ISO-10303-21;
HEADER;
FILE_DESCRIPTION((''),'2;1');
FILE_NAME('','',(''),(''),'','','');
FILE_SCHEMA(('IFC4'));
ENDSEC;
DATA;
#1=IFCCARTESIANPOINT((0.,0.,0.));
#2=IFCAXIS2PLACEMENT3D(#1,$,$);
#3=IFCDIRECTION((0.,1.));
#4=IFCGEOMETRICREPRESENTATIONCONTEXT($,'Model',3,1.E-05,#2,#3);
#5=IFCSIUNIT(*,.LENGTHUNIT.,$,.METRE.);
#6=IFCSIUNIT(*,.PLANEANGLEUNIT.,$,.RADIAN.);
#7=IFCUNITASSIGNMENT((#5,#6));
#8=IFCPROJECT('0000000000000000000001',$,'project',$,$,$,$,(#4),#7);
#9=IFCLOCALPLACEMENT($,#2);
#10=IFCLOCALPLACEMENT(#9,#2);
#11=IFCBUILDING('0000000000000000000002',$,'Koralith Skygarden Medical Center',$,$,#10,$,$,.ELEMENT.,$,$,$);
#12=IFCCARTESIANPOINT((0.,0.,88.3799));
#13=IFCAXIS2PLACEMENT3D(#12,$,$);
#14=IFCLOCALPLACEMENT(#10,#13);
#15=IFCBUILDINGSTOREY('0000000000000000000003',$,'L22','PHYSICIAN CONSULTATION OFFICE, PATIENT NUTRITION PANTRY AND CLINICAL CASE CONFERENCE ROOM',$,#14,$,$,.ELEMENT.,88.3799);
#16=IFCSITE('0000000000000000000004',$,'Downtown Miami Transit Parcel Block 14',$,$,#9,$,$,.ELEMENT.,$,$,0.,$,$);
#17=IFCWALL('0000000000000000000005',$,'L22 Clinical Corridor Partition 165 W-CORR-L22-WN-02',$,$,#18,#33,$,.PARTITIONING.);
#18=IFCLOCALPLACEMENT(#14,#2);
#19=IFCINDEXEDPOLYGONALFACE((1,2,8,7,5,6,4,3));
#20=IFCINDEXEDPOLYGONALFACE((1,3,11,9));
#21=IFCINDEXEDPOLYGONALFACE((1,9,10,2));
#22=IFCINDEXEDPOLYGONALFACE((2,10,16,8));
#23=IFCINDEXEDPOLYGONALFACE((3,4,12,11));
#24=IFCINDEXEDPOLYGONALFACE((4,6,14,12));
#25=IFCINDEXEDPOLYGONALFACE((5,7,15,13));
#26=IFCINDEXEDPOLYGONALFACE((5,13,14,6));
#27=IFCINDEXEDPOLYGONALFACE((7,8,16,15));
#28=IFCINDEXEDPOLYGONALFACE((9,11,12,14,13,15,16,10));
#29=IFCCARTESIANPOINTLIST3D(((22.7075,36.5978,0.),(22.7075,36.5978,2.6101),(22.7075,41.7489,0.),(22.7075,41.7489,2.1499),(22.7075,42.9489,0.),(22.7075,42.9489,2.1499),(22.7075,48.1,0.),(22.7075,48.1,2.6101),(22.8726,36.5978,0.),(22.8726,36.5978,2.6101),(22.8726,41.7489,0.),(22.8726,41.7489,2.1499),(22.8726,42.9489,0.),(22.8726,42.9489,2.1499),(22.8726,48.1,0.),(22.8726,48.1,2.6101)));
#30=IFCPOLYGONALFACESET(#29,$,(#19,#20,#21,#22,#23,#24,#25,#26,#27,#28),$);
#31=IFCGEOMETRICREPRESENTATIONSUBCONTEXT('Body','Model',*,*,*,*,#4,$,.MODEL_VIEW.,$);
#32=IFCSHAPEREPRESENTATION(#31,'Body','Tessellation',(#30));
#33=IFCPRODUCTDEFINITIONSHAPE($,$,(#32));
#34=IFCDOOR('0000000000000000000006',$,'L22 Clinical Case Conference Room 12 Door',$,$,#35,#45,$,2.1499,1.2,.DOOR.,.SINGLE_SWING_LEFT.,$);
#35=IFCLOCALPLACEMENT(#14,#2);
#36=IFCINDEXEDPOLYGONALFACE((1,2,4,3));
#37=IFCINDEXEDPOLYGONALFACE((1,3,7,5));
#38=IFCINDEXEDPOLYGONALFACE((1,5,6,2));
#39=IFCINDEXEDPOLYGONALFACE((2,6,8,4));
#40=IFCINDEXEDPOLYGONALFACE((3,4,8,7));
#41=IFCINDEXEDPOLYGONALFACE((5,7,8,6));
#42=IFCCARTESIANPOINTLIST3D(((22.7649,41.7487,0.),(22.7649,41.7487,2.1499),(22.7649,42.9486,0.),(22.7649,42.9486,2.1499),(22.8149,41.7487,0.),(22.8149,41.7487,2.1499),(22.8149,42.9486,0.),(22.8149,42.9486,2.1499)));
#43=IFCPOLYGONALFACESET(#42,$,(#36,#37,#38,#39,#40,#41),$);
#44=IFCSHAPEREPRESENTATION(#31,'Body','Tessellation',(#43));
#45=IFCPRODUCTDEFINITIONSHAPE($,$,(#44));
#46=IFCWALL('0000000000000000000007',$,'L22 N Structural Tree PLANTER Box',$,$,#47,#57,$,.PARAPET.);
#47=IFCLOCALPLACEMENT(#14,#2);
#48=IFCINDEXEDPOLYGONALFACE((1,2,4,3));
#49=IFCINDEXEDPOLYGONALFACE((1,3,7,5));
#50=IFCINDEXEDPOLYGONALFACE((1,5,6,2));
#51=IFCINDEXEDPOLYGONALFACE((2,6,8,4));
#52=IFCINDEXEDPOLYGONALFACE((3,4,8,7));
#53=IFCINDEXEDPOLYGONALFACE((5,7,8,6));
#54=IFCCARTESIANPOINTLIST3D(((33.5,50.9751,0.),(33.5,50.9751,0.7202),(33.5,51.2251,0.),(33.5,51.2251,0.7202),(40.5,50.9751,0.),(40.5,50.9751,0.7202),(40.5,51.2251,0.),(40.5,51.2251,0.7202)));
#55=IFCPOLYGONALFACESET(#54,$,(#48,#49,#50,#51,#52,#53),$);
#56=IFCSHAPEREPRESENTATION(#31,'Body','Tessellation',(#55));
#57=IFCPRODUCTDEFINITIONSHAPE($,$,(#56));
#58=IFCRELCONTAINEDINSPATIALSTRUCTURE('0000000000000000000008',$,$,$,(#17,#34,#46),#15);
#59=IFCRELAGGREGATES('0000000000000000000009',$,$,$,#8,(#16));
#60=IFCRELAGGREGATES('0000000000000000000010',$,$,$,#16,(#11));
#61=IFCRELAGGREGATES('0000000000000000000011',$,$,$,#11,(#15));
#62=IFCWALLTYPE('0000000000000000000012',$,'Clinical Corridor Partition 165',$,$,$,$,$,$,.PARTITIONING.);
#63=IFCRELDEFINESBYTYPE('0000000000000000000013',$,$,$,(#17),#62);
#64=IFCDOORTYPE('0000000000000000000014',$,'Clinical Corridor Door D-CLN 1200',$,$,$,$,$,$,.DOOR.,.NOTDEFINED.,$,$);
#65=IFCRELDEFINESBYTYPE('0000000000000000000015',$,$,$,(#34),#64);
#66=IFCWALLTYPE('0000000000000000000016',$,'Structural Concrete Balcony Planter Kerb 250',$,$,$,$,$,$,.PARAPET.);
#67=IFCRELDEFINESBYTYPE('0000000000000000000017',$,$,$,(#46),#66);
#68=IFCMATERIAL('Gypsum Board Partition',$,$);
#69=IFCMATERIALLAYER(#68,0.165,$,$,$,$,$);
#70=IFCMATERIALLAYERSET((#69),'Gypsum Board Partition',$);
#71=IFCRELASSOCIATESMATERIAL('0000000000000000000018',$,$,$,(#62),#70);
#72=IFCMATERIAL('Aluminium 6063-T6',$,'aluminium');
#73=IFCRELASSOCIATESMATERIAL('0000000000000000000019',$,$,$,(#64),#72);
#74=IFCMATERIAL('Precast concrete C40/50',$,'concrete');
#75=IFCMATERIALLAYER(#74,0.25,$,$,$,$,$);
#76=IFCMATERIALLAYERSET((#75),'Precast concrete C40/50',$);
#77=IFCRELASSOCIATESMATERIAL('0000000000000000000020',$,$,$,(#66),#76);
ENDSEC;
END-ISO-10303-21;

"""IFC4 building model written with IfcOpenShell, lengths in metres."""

from ifc_helpers import new_model, si_unit, direction, frame, frame_2d, origin, place, context, subcontext, project, spatial, rectangle, extrude, material, layer, layer_set, type_object, element, fill, save


model = new_model("IFC4")

# Units and contexts
model_context = context("Model", 3, precision=1e-05, world=origin(), true_north=direction((0.0, 1.0)))
body_context = subcontext(model_context, "Body", "Model", "MODEL_VIEW")
ifc_project = project(units=[si_unit("LENGTHUNIT", "METRE"), si_unit("PLANEANGLEUNIT", "RADIAN")], contexts=[model_context])

# Site, building, storey
site_placement = place(None, origin())
site = spatial("IfcSite", under=ifc_project, at=site_placement, Name="Downtown Miami Transit Parcel Block 14", CompositionType="ELEMENT", RefElevation=0.0)
building_placement = place(site_placement, origin())
building = spatial("IfcBuilding", under=site, at=building_placement, Name="Koralith Skygarden Medical Center", CompositionType="ELEMENT")
storey_placement = place(building_placement, frame((0.0, 0.0, 88.3799)))
storey = spatial("IfcBuildingStorey", under=building, at=storey_placement, Name="L22", Description="PHYSICIAN CONSULTATION OFFICE, PATIENT NUTRITION PANTRY AND CLINICAL CASE CONFERENCE ROOM", CompositionType="ELEMENT", Elevation=88.3799)

# Shared definitions
ifc_material_1 = material(Name="Aluminium 6063-T6", Category="aluminium")

# Shared definitions
ifc_material_2 = material(Name="Gypsum Board Partition")
ifc_layer_1 = layer(ifc_material_2, 0.165)
ifc_layer_set_1 = layer_set([ifc_layer_1], Name="Gypsum Board Partition")
wall_type_1 = type_object("IfcWallType", Name="Clinical Corridor Partition 165", PredefinedType="PARTITIONING", material=ifc_layer_set_1)

# Wall, opening, door
door_type = type_object("IfcDoorType", Name="Clinical Corridor Door D-CLN 1200", OperationType="NOTDEFINED", PredefinedType="DOOR", material=ifc_material_1)
wall_1_placement = place(storey_placement, frame((22.79, 36.5979, 0.0), z_axis=(0.0, 0.0, 1.0), x_axis=(0.0, 1.0, 0.0)))
wall_1 = element("IfcWall", 1, at=wall_1_placement, inside=storey, type_object=wall_type_1, Name="L22 Clinical Corridor Partition 165 W-CORR-L22-WN-02", PredefinedType="PARTITIONING", context=body_context, shape_type="SweptSolid", body=[
    extrude(rectangle(XDim=11.5022, YDim=0.165, at=frame_2d((5.751, 0.0))), origin(), (0.0, 0.0, 1.0), 2.6101),
])
opening_1_placement = place(wall_1_placement, frame((5.1509, 0.0, 0.0)))
opening_1 = element("IfcOpeningElement", 2, at=opening_1_placement, cuts=wall_1, PredefinedType="OPENING", context=body_context, shape_type="SweptSolid", body=[
    extrude(rectangle(XDim=1.2, YDim=2.1499, at=frame_2d((0.6001, 1.075))), frame((0.0, 0.0925, 0.0), z_axis=(0.0, -1.0, 0.0), x_axis=(1.0, 0.0, 0.0)), (0.0, 0.0, 1.0), 0.1851),
])
door_1_placement = place(opening_1_placement, frame((1.2, 0.0, 0.0), z_axis=(0.0, 0.0, 1.0), x_axis=(-1.0, 0.0, 0.0)))
door_1 = element("IfcDoor", 3, at=door_1_placement, inside=storey, type_object=door_type, Name="L22 Clinical Case Conference Room 12 Door", OperationType="SINGLE_SWING_LEFT", OverallHeight=2.1499, OverallWidth=1.2, PredefinedType="DOOR", context=body_context, shape_type="SweptSolid", body=[
    extrude(rectangle(XDim=1.2, YDim=2.1499, at=frame_2d((0.6001, 1.075))), frame((0.0, 0.0249, 0.0), z_axis=(0.0, -1.0, 0.0), x_axis=(1.0, 0.0, 0.0)), (0.0, 0.0, 1.0), 0.05),
])
fill(opening_1, door_1)

# Wall
ifc_material_3 = material(Name="Precast concrete C40/50", Category="concrete")
ifc_layer_2 = layer(ifc_material_3, 0.25)
ifc_layer_set_2 = layer_set([ifc_layer_2], Name="Precast concrete C40/50")
wall_type_2 = type_object("IfcWallType", Name="Structural Concrete Balcony Planter Kerb 250", PredefinedType="PARAPET", material=ifc_layer_set_2)
wall_2_placement = place(storey_placement, frame((33.5, 51.1001, 0.0), z_axis=(0.0, 0.0, 1.0), x_axis=(1.0, 0.0, 0.0)))
element("IfcWall", 4, at=wall_2_placement, inside=storey, type_object=wall_type_2, Name="L22 N Structural Tree PLANTER Box", PredefinedType="PARAPET", context=body_context, shape_type="SweptSolid", body=[
    extrude(rectangle(XDim=7.0, YDim=0.25, at=frame_2d((3.5, 0.0))), origin(), (0.0, 0.0, 1.0), 0.7202),
])

save(model, "model.ifc")
